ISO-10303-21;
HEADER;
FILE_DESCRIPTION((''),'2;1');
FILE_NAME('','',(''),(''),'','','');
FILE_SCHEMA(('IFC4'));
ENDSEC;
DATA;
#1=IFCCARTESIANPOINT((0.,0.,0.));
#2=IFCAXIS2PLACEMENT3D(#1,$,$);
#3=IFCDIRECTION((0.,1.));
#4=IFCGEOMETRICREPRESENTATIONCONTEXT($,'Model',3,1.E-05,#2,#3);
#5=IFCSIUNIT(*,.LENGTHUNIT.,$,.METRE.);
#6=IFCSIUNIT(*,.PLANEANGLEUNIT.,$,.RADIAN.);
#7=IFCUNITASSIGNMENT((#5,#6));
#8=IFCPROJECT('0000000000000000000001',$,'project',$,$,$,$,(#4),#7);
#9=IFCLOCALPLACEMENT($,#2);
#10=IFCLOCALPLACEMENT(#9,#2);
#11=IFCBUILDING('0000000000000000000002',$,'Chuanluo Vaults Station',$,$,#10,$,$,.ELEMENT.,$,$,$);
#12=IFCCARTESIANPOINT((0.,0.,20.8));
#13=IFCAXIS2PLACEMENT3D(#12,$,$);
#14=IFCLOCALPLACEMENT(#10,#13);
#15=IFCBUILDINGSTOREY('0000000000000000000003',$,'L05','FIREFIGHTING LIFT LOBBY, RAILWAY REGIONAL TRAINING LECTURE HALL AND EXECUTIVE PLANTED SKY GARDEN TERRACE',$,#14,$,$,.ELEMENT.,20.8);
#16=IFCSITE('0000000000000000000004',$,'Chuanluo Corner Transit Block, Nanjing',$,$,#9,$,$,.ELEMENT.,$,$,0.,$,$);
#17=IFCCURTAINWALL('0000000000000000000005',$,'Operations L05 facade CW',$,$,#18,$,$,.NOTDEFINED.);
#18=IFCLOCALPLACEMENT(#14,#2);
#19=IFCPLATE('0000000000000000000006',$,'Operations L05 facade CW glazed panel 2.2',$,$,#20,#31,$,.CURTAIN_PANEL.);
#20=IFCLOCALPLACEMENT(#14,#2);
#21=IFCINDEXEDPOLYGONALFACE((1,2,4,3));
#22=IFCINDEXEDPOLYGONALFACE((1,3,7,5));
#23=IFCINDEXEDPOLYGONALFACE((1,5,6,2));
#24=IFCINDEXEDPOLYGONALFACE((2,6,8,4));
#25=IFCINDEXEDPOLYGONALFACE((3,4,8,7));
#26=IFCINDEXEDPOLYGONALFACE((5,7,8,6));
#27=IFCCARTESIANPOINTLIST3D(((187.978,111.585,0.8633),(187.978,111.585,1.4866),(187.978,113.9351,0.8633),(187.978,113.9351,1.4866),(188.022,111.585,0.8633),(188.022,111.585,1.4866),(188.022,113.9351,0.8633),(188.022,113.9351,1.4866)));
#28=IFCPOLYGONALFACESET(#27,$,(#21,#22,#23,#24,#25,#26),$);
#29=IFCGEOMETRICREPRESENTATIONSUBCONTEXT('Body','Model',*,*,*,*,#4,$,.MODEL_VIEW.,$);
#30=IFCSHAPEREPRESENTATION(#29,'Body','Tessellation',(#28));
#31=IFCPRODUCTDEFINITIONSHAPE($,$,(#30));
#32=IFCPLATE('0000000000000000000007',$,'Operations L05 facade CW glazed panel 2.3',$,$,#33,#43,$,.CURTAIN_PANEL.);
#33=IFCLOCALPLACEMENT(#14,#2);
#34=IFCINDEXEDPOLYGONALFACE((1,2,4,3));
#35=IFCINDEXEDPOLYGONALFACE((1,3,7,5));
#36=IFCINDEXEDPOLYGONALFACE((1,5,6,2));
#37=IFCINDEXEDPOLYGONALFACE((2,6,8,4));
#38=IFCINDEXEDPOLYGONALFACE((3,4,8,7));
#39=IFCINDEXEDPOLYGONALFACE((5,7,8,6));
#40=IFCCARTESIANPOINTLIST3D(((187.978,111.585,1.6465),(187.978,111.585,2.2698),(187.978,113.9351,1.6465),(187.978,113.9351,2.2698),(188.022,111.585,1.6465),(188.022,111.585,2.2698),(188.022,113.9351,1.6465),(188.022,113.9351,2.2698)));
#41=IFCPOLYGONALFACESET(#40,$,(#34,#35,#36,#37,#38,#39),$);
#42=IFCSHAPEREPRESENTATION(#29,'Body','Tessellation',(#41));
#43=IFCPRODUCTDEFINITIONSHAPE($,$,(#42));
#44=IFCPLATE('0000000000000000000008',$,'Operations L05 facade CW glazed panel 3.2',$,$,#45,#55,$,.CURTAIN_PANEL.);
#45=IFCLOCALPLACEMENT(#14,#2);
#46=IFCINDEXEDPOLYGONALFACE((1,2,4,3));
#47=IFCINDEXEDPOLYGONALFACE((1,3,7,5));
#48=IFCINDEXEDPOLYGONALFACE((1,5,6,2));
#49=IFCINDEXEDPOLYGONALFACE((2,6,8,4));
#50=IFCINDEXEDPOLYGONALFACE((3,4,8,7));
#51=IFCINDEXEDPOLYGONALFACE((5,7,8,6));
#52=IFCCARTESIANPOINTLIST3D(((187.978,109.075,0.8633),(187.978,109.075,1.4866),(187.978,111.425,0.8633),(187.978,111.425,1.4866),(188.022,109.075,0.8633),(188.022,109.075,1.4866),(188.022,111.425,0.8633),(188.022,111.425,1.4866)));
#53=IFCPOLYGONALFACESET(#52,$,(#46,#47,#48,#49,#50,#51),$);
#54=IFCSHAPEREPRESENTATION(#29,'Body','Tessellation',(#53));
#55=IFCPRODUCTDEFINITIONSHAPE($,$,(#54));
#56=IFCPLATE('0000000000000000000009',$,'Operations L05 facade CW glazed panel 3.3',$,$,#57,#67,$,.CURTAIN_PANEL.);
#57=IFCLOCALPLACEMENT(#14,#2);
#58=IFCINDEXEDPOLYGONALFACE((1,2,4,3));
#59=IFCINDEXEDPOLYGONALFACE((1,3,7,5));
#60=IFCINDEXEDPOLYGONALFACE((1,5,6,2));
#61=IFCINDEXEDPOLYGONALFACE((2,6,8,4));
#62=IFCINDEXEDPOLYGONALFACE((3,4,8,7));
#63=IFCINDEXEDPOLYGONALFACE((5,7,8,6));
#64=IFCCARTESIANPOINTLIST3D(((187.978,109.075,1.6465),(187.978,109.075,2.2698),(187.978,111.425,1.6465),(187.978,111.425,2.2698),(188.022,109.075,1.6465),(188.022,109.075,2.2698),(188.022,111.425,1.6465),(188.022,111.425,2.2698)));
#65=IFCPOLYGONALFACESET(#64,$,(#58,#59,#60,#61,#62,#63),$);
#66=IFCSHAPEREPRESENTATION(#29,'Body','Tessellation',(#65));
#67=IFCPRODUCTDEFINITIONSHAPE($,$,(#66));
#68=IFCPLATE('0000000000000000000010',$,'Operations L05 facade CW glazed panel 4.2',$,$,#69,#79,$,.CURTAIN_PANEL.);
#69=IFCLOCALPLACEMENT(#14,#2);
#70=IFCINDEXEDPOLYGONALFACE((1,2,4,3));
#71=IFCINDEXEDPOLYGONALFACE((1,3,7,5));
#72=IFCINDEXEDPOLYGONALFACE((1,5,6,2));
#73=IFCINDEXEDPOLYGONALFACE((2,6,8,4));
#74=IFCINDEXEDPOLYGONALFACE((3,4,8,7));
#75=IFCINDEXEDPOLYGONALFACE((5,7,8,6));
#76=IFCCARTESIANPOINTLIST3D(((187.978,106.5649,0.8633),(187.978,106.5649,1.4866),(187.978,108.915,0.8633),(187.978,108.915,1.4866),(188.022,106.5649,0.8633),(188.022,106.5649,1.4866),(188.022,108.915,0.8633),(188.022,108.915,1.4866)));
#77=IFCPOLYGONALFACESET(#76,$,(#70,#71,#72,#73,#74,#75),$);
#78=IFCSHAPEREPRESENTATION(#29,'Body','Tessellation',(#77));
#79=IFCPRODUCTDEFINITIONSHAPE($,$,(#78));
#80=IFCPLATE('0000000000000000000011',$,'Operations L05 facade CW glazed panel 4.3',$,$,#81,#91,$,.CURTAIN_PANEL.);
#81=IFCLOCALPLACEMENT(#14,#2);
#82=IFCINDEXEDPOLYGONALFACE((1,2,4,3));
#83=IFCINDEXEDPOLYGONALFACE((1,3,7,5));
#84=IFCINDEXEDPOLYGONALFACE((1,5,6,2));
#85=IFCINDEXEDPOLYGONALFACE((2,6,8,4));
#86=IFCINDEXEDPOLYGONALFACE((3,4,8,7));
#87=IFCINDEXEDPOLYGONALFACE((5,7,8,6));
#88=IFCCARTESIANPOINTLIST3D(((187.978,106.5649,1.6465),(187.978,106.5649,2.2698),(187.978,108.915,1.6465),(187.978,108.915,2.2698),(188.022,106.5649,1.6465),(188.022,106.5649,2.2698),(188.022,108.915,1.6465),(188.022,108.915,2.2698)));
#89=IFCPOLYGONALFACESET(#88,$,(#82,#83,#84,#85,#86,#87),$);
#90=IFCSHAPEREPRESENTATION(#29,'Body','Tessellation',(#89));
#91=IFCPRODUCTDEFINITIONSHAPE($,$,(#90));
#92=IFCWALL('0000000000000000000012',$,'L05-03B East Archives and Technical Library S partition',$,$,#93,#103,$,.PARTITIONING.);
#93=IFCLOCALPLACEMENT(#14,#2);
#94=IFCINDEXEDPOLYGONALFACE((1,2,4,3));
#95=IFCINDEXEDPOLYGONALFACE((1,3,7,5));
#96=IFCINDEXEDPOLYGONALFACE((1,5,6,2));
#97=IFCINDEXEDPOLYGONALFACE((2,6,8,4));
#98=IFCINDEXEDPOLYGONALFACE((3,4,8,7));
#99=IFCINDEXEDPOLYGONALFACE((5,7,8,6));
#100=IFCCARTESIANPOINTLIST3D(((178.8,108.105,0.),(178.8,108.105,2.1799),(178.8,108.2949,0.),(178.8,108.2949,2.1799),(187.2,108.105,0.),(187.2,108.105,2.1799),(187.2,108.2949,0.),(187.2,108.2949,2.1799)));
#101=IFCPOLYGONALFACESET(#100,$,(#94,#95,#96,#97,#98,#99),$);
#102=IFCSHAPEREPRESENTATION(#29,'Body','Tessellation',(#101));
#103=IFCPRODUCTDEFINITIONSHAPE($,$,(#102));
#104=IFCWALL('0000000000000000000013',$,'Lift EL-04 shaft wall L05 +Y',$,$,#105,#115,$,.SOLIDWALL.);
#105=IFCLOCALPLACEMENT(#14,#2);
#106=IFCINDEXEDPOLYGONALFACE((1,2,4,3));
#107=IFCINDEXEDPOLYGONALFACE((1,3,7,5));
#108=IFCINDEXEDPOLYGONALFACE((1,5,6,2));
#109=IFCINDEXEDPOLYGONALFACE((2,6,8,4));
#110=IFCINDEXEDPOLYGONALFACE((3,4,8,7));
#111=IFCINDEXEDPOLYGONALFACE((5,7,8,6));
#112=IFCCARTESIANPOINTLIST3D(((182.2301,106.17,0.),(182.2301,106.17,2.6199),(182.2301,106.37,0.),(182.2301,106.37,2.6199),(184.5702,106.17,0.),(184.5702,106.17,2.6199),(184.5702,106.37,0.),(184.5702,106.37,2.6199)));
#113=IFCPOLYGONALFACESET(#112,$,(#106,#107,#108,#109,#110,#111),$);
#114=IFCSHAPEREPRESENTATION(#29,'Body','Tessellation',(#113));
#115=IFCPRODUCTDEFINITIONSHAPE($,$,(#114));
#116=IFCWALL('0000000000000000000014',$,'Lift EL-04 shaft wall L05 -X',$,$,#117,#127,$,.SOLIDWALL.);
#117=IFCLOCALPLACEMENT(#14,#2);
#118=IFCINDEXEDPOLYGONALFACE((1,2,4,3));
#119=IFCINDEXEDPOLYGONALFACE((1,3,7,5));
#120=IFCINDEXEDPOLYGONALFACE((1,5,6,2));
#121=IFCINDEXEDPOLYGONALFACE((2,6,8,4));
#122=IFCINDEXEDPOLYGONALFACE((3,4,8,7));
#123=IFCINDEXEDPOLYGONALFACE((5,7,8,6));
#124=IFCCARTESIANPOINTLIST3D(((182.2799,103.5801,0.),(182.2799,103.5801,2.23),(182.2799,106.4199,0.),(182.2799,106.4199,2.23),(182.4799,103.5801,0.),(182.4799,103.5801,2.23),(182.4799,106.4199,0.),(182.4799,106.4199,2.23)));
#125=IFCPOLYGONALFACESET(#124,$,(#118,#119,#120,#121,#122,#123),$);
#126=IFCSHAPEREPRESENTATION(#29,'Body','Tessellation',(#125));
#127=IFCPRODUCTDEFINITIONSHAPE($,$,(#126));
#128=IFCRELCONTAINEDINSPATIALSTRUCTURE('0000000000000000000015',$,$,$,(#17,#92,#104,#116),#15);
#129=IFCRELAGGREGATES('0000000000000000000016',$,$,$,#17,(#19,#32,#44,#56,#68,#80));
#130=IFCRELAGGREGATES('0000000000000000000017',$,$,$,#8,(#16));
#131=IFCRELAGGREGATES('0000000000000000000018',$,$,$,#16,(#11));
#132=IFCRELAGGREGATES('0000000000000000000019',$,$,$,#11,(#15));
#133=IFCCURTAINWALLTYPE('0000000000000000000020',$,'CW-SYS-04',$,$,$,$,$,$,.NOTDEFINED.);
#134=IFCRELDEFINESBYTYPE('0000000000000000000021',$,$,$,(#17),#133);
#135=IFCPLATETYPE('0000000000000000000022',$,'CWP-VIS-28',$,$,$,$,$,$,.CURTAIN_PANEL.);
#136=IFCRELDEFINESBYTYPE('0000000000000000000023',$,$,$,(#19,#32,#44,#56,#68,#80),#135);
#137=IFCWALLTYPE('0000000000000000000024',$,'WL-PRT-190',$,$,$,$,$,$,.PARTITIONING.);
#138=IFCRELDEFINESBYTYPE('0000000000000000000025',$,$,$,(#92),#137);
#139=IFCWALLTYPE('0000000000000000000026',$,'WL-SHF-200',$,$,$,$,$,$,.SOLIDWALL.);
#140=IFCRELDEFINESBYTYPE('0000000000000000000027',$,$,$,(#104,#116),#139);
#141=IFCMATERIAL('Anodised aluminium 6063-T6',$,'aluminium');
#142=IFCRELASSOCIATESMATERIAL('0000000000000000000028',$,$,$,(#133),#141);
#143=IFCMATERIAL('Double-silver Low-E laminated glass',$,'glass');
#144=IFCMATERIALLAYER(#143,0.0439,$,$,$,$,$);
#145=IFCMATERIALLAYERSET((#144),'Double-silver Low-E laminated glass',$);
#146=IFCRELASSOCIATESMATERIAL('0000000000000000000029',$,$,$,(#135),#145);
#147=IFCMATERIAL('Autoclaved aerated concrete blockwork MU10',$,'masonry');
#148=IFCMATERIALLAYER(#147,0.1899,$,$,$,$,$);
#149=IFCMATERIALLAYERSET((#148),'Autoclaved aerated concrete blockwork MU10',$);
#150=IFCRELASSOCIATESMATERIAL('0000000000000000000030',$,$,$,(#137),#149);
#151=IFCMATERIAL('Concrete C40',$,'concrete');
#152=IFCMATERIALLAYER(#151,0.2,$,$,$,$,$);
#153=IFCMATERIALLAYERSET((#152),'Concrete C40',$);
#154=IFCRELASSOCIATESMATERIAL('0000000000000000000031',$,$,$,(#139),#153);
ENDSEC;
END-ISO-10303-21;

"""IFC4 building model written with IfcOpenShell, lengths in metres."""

from ifc_helpers import new_model, si_unit, direction, frame, frame_2d, origin, origin_2d, place, context, subcontext, project, spatial, rectangle, extrude, material, layer, layer_set, type_object, element, aggregate, save


model = new_model("IFC4")

# Units and contexts
model_context = context("Model", 3, precision=1e-05, world=origin(), true_north=direction((0.0, 1.0)))
body_context = subcontext(model_context, "Body", "Model", "MODEL_VIEW")
ifc_project = project(units=[si_unit("LENGTHUNIT", "METRE"), si_unit("PLANEANGLEUNIT", "RADIAN")], contexts=[model_context])

# Site, building, storey
site_placement = place(None, origin())
site = spatial("IfcSite", under=ifc_project, at=site_placement, Name="Chuanluo Corner Transit Block, Nanjing", CompositionType="ELEMENT", RefElevation=0.0)
building_placement = place(site_placement, origin())
building = spatial("IfcBuilding", under=site, at=building_placement, Name="Chuanluo Vaults Station", CompositionType="ELEMENT")
storey_placement = place(building_placement, frame((0.0, 0.0, 20.8)))
storey = spatial("IfcBuildingStorey", under=building, at=storey_placement, Name="L05", Description="FIREFIGHTING LIFT LOBBY, RAILWAY REGIONAL TRAINING LECTURE HALL AND EXECUTIVE PLANTED SKY GARDEN TERRACE", CompositionType="ELEMENT", Elevation=20.8)

# Curtain wall, plates
ifc_material_1 = material(Name="Anodised aluminium 6063-T6", Category="aluminium")
curtain_wall_type = type_object("IfcCurtainWallType", Name="CW-SYS-04", PredefinedType="NOTDEFINED", material=ifc_material_1)
curtain_wall_placement = place(storey_placement, origin())
curtain_wall = element("IfcCurtainWall", 1, at=curtain_wall_placement, inside=storey, type_object=curtain_wall_type, Name="Operations L05 facade CW", PredefinedType="NOTDEFINED")
ifc_material_2 = material(Name="Double-silver Low-E laminated glass", Category="glass")
ifc_layer_1 = layer(ifc_material_2, 0.0439)
ifc_layer_set_1 = layer_set([ifc_layer_1], Name="Double-silver Low-E laminated glass")
plate_type_1 = type_object("IfcPlateType", Name="CWP-VIS-28", PredefinedType="CURTAIN_PANEL", material=ifc_layer_set_1)
plate_1_placement = place(storey_placement, frame((188.0, 112.76, 0.8633), z_axis=(0.0, 0.0, 1.0), x_axis=(0.0, -1.0, 0.0)))
plate_1 = element("IfcPlate", 2, at=plate_1_placement, type_object=plate_type_1, Name="Operations L05 facade CW glazed panel 2.2", PredefinedType="CURTAIN_PANEL", context=body_context, shape_type="SweptSolid", body=[
    extrude(rectangle(XDim=2.3501, YDim=0.0439, at=origin_2d()), origin(), (0.0, 0.0, 1.0), 0.6233),
])
plate_2_placement = place(storey_placement, frame((188.0, 112.76, 1.6465), z_axis=(0.0, 0.0, 1.0), x_axis=(0.0, -1.0, 0.0)))
plate_2 = element("IfcPlate", 3, at=plate_2_placement, type_object=plate_type_1, Name="Operations L05 facade CW glazed panel 2.3", PredefinedType="CURTAIN_PANEL", context=body_context, shape_type="SweptSolid", body=[
    extrude(rectangle(XDim=2.3501, YDim=0.0439, at=origin_2d()), origin(), (0.0, 0.0, 1.0), 0.6233),
])
plate_3_placement = place(storey_placement, frame((188.0, 110.25, 0.8633), z_axis=(0.0, 0.0, 1.0), x_axis=(0.0, -1.0, 0.0)))
plate_3 = element("IfcPlate", 4, at=plate_3_placement, type_object=plate_type_1, Name="Operations L05 facade CW glazed panel 3.2", PredefinedType="CURTAIN_PANEL", context=body_context, shape_type="SweptSolid", body=[
    extrude(rectangle(XDim=2.3501, YDim=0.0439, at=origin_2d()), origin(), (0.0, 0.0, 1.0), 0.6233),
])
plate_4_placement = place(storey_placement, frame((188.0, 110.25, 1.6465), z_axis=(0.0, 0.0, 1.0), x_axis=(0.0, -1.0, 0.0)))
plate_4 = element("IfcPlate", 5, at=plate_4_placement, type_object=plate_type_1, Name="Operations L05 facade CW glazed panel 3.3", PredefinedType="CURTAIN_PANEL", context=body_context, shape_type="SweptSolid", body=[
    extrude(rectangle(XDim=2.3501, YDim=0.0439, at=origin_2d()), origin(), (0.0, 0.0, 1.0), 0.6233),
])
plate_5_placement = place(storey_placement, frame((188.0, 107.74, 0.8633), z_axis=(0.0, 0.0, 1.0), x_axis=(0.0, -1.0, 0.0)))
plate_5 = element("IfcPlate", 6, at=plate_5_placement, type_object=plate_type_1, Name="Operations L05 facade CW glazed panel 4.2", PredefinedType="CURTAIN_PANEL", context=body_context, shape_type="SweptSolid", body=[
    extrude(rectangle(XDim=2.3501, YDim=0.0439, at=origin_2d()), origin(), (0.0, 0.0, 1.0), 0.6233),
])
plate_6_placement = place(storey_placement, frame((188.0, 107.74, 1.6465), z_axis=(0.0, 0.0, 1.0), x_axis=(0.0, -1.0, 0.0)))
plate_6 = element("IfcPlate", 7, at=plate_6_placement, type_object=plate_type_1, Name="Operations L05 facade CW glazed panel 4.3", PredefinedType="CURTAIN_PANEL", context=body_context, shape_type="SweptSolid", body=[
    extrude(rectangle(XDim=2.3501, YDim=0.0439, at=origin_2d()), origin(), (0.0, 0.0, 1.0), 0.6233),
])
aggregate(curtain_wall, [plate_1, plate_2, plate_3, plate_4, plate_5, plate_6])

# Walls
ifc_material_3 = material(Name="Autoclaved aerated concrete blockwork MU10", Category="masonry")
ifc_layer_2 = layer(ifc_material_3, 0.1899)
ifc_layer_set_2 = layer_set([ifc_layer_2], Name="Autoclaved aerated concrete blockwork MU10")
wall_type_1 = type_object("IfcWallType", Name="WL-PRT-190", PredefinedType="PARTITIONING", material=ifc_layer_set_2)
wall_1_placement = place(storey_placement, frame((187.2, 108.2, 0.0), z_axis=(0.0, 0.0, 1.0), x_axis=(-1.0, 0.0, 0.0)))
element("IfcWall", 8, at=wall_1_placement, inside=storey, type_object=wall_type_1, Name="L05-03B East Archives and Technical Library S partition", PredefinedType="PARTITIONING", context=body_context, shape_type="SweptSolid", body=[
    extrude(rectangle(XDim=8.3999, YDim=0.1899, at=frame_2d((4.2, 0.0))), origin(), (0.0, 0.0, 1.0), 2.1799),
])
ifc_material_4 = material(Name="Concrete C40", Category="concrete")
ifc_layer_3 = layer(ifc_material_4, 0.2)
ifc_layer_set_3 = layer_set([ifc_layer_3], Name="Concrete C40")
wall_type_2 = type_object("IfcWallType", Name="WL-SHF-200", PredefinedType="SOLIDWALL", material=ifc_layer_set_3)
wall_2_placement = place(storey_placement, frame((184.5701, 106.27, 0.0), z_axis=(0.0, 0.0, 1.0), x_axis=(-1.0, 0.0, 0.0)))
element("IfcWall", 9, at=wall_2_placement, inside=storey, type_object=wall_type_2, Name="Lift EL-04 shaft wall L05 +Y", PredefinedType="SOLIDWALL", context=body_context, shape_type="SweptSolid", body=[
    extrude(rectangle(XDim=2.3401, YDim=0.2, at=frame_2d((1.1699, 0.0))), origin(), (0.0, 0.0, 1.0), 2.6199),
])
wall_3_placement = place(storey_placement, frame((182.3799, 106.4199, 0.0), z_axis=(0.0, 0.0, 1.0), x_axis=(0.0, -1.0, 0.0)))
element("IfcWall", 10, at=wall_3_placement, inside=storey, type_object=wall_type_2, Name="Lift EL-04 shaft wall L05 -X", PredefinedType="SOLIDWALL", context=body_context, shape_type="SweptSolid", body=[
    extrude(rectangle(XDim=2.8398, YDim=0.2, at=frame_2d((1.4199, 0.0))), origin(), (0.0, 0.0, 1.0), 2.23),
])

save(model, "model.ifc")
